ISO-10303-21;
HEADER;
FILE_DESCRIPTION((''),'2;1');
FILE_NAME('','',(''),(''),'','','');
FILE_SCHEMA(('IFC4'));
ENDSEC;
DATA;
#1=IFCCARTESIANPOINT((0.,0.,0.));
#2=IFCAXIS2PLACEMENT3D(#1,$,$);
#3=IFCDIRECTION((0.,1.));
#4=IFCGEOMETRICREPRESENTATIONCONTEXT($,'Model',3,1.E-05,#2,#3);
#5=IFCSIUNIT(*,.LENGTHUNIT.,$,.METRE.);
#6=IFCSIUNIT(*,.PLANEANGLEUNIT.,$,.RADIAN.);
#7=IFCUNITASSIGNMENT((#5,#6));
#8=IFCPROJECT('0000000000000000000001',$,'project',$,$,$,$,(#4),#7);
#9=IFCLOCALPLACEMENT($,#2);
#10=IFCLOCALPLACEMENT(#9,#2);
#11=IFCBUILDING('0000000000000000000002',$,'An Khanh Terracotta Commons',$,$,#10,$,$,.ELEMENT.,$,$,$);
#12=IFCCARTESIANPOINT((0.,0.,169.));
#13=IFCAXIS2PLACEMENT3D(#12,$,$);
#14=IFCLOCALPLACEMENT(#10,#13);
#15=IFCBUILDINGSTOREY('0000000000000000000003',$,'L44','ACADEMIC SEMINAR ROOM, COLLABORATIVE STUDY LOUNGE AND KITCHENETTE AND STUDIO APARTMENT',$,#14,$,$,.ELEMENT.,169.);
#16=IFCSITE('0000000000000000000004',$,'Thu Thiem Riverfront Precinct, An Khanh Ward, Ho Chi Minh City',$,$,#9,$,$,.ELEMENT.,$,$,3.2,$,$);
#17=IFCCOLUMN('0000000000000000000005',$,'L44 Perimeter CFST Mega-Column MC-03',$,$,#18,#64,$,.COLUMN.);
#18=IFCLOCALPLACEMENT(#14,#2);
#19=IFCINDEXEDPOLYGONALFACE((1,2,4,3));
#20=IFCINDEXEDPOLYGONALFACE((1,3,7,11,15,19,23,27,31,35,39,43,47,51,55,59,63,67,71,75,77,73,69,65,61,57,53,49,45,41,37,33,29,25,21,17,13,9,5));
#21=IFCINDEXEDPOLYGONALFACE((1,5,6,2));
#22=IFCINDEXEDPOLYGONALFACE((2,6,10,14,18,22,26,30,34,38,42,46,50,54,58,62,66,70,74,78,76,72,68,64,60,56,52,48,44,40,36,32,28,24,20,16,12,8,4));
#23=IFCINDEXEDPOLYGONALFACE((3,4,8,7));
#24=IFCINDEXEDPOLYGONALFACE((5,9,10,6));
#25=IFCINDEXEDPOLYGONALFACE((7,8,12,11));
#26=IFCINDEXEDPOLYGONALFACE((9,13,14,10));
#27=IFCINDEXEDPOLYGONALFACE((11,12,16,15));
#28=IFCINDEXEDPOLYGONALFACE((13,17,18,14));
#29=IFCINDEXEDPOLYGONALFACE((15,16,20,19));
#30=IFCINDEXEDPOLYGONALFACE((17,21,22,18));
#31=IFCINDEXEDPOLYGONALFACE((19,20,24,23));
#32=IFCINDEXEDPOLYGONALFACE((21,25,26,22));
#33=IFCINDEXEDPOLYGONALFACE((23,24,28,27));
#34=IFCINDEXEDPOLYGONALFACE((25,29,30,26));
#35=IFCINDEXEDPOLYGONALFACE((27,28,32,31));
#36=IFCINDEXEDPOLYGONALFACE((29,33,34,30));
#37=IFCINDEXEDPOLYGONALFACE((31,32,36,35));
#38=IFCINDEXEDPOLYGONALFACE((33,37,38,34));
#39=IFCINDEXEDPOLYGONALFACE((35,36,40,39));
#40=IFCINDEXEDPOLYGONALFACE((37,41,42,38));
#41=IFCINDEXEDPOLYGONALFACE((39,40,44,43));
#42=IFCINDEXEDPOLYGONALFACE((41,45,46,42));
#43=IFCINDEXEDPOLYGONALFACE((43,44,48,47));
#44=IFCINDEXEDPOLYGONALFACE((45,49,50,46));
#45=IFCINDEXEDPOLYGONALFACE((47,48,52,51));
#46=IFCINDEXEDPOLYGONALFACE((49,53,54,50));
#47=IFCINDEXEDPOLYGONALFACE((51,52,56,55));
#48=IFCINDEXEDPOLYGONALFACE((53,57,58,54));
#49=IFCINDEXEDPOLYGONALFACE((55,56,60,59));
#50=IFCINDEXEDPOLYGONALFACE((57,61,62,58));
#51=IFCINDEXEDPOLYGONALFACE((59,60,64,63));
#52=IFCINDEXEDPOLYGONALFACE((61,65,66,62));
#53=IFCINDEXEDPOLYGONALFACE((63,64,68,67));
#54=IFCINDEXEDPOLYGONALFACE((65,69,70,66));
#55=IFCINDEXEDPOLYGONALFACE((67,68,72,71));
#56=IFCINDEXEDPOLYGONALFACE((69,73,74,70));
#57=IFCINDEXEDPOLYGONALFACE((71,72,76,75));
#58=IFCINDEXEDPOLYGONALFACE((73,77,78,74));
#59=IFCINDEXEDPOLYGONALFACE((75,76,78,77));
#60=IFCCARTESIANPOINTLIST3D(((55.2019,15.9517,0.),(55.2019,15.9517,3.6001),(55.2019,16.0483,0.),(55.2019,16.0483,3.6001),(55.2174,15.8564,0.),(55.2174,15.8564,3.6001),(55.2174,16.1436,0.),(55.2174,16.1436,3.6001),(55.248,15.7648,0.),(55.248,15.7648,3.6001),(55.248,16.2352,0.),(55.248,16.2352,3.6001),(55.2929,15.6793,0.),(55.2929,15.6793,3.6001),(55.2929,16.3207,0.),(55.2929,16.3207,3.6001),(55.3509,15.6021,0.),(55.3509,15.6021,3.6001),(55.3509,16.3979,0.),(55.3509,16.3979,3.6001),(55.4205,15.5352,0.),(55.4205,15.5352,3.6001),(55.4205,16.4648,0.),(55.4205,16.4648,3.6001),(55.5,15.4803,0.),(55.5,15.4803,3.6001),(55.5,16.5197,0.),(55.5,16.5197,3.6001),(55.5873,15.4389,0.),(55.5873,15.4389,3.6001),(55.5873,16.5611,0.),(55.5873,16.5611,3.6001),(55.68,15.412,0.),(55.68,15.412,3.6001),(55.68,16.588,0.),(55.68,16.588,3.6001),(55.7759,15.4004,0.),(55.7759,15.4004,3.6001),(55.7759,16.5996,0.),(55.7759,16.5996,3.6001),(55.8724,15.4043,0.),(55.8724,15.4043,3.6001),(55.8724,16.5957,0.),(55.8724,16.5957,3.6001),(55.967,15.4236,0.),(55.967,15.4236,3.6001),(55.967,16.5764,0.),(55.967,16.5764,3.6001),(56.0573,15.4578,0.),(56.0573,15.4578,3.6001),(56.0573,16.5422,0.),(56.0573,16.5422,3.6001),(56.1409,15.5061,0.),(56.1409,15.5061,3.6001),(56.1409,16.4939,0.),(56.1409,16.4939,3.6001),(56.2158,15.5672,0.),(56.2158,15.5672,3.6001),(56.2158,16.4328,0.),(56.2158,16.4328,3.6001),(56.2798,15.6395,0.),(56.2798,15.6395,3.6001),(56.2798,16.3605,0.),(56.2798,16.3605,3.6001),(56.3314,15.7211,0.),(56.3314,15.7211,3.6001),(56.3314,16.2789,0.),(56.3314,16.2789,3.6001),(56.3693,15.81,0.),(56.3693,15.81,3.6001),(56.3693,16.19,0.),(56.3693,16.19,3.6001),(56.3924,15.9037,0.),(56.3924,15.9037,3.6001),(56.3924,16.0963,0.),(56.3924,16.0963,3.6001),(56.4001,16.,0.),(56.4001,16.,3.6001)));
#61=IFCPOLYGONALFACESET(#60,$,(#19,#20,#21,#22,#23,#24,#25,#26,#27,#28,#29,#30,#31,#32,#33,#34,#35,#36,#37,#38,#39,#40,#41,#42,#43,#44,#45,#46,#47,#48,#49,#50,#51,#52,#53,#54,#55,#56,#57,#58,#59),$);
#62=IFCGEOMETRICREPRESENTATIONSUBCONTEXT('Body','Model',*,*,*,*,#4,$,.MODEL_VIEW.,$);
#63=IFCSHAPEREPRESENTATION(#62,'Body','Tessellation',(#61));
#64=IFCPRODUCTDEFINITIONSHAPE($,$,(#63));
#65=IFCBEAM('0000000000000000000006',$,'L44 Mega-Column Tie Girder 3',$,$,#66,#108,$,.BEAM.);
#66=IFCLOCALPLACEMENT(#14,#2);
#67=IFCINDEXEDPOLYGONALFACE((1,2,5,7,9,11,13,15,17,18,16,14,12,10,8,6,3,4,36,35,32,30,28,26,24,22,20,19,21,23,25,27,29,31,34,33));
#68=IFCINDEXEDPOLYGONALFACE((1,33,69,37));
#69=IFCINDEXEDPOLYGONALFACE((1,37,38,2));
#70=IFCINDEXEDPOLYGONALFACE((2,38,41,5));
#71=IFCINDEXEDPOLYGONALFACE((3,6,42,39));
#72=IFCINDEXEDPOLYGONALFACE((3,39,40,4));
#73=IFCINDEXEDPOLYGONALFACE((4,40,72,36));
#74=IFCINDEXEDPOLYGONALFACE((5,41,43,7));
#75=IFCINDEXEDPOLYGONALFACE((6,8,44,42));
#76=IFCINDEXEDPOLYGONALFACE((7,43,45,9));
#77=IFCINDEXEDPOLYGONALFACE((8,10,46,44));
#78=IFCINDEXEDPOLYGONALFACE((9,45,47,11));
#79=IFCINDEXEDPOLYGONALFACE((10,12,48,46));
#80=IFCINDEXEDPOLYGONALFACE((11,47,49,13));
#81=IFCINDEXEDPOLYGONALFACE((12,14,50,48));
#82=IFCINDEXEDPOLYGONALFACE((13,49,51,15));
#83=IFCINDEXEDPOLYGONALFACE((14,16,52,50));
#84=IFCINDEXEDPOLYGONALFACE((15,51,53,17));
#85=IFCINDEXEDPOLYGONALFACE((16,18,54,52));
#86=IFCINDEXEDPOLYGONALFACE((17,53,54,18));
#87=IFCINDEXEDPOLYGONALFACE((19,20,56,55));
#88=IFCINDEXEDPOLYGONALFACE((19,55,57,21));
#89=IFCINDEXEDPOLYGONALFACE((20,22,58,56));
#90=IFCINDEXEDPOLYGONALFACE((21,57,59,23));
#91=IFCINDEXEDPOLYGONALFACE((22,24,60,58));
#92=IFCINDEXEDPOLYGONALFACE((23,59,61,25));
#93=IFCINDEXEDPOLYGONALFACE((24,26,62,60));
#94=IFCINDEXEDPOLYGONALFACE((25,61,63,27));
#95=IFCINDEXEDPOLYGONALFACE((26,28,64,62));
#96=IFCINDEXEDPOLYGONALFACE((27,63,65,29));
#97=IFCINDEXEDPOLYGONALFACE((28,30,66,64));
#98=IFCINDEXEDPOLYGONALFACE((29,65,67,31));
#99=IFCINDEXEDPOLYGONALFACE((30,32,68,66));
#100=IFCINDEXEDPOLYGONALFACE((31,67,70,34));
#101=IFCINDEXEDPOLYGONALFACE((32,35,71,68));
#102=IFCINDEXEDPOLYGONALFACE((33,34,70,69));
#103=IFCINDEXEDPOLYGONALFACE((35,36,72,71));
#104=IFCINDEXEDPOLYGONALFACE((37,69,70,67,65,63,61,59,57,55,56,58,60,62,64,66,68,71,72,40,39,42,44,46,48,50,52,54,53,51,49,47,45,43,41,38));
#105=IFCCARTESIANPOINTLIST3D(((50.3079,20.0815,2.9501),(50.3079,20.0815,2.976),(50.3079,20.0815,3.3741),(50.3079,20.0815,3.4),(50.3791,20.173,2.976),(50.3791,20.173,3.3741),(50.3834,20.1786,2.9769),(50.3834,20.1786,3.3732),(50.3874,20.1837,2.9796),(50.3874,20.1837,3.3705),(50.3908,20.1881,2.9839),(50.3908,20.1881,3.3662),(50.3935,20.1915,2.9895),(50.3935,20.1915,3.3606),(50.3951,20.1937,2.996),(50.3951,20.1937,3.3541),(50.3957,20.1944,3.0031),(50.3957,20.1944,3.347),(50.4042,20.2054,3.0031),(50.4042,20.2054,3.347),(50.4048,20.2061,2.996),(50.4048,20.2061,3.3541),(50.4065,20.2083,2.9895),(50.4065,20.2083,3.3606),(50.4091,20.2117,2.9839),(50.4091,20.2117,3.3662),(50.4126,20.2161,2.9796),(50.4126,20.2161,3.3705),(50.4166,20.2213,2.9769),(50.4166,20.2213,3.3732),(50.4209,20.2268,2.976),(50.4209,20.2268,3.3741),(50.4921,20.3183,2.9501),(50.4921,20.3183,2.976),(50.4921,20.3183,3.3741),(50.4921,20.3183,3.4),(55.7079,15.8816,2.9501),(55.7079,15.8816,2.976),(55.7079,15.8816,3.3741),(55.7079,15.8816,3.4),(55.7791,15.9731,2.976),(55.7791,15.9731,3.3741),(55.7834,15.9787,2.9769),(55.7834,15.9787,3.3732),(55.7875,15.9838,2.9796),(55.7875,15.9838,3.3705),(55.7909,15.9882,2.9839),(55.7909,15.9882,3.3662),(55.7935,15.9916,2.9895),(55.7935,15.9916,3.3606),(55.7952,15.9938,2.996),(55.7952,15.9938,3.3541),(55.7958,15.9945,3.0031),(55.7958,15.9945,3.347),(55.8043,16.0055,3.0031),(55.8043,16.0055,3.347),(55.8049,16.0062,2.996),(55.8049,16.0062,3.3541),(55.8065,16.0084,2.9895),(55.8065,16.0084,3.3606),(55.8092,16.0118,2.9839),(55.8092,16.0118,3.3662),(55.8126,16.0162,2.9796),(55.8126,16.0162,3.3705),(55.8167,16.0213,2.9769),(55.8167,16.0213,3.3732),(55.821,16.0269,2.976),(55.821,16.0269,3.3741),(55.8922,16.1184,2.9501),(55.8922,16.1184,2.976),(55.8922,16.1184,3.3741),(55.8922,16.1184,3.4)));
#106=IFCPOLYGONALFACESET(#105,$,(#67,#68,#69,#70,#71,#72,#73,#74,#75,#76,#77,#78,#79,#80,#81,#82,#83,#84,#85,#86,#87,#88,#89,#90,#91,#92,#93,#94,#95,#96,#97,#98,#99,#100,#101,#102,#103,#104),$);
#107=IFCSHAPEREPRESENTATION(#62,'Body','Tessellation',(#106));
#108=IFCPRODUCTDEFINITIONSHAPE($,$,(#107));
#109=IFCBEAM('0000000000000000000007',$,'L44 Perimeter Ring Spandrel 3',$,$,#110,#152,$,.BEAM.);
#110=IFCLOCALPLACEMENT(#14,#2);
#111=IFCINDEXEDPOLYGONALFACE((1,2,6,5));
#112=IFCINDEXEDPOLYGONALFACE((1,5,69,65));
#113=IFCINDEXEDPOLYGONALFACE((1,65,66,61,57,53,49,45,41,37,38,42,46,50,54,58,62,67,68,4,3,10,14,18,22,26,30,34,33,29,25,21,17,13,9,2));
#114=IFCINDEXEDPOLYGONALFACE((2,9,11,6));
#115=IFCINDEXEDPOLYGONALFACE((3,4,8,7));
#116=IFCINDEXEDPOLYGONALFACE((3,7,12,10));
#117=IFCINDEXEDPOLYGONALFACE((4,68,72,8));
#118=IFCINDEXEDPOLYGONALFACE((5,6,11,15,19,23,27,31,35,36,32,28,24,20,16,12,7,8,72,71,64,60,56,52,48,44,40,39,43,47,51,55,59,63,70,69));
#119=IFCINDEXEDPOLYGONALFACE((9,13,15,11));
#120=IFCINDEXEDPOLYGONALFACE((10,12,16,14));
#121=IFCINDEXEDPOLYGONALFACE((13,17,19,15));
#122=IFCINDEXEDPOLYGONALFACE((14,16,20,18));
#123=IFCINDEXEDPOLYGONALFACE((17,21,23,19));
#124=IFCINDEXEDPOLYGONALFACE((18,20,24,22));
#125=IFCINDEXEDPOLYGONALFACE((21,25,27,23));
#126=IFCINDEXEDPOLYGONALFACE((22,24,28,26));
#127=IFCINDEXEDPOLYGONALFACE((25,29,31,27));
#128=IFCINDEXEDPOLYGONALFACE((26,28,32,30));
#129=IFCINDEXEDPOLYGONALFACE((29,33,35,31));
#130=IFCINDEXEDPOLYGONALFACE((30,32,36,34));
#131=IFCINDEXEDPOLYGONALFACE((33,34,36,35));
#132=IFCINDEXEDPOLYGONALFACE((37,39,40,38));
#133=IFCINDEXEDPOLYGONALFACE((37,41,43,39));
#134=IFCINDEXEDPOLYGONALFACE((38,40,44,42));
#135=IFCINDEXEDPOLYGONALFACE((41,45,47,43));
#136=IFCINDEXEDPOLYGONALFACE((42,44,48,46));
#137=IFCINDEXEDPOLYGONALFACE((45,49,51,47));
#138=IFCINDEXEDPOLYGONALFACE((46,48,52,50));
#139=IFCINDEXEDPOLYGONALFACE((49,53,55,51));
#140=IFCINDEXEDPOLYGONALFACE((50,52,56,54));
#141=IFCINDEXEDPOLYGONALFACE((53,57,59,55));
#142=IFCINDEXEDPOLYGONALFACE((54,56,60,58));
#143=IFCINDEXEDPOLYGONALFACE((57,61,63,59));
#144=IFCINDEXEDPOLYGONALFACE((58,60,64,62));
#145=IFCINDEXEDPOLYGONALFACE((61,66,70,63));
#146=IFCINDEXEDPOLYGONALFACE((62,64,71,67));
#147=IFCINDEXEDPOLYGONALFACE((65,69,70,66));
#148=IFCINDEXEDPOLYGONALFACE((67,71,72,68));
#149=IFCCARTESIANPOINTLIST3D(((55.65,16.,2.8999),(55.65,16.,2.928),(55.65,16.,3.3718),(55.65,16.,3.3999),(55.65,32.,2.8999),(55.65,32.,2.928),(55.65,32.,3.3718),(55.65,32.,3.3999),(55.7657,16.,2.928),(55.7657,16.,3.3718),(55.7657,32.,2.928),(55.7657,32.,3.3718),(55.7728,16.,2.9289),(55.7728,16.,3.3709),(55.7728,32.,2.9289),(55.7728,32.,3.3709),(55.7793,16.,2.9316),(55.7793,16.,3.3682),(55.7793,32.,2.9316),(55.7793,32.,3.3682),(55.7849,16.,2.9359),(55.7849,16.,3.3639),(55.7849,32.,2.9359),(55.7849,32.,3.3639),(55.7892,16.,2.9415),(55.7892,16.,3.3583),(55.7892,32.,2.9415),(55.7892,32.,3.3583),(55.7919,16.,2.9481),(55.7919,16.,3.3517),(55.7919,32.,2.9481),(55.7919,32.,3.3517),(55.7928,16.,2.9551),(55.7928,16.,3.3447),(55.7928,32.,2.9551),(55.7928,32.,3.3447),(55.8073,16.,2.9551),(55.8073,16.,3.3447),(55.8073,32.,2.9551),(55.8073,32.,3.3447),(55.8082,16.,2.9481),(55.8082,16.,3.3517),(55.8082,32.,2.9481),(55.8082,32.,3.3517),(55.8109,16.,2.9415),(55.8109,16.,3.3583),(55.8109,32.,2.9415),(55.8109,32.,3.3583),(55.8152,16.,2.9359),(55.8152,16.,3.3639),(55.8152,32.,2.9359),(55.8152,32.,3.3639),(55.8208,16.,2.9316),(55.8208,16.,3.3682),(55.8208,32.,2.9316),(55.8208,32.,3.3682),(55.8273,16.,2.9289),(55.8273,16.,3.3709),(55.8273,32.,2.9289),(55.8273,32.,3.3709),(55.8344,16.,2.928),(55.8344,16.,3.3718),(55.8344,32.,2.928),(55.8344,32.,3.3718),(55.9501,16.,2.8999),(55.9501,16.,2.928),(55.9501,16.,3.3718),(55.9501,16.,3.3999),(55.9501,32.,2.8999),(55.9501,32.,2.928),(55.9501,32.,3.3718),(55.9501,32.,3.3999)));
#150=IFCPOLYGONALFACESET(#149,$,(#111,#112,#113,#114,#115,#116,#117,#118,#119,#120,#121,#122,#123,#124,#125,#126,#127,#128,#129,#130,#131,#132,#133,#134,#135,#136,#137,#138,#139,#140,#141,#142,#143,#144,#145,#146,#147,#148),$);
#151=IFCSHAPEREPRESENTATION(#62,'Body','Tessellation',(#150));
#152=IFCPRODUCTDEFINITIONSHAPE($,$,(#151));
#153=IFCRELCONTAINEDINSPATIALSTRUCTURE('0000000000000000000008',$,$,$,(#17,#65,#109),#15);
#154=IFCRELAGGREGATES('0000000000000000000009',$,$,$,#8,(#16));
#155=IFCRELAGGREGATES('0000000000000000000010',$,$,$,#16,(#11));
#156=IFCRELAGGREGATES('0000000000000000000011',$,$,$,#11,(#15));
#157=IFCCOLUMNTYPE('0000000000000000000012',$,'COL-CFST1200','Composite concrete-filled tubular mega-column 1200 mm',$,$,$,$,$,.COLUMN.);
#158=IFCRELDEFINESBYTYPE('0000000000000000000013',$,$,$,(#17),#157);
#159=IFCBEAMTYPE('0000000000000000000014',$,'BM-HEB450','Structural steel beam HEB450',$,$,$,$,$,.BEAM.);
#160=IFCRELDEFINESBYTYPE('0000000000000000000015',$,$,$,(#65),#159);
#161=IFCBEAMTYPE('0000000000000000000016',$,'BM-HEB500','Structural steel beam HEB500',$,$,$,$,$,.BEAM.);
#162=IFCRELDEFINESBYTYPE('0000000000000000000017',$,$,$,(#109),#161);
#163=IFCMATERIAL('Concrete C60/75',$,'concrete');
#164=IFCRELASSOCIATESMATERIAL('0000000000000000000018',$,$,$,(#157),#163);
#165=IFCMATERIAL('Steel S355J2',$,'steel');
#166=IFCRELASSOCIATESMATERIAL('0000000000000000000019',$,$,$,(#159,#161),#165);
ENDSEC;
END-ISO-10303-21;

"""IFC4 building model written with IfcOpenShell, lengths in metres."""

from ifc_helpers import new_model, si_unit, direction, frame, origin, origin_2d, place, context, subcontext, project, spatial, circle, i_section, extrude, material, material_profile, profile_set, type_object, element, save


model = new_model("IFC4")

# Units and contexts
model_context = context("Model", 3, precision=1e-05, world=origin(), true_north=direction((0.0, 1.0)))
body_context = subcontext(model_context, "Body", "Model", "MODEL_VIEW")
ifc_project = project(units=[si_unit("LENGTHUNIT", "METRE"), si_unit("PLANEANGLEUNIT", "RADIAN")], contexts=[model_context])

# Site, building, storey
site_placement = place(None, origin())
site = spatial("IfcSite", under=ifc_project, at=site_placement, Name="Thu Thiem Riverfront Precinct, An Khanh Ward, Ho Chi Minh City", CompositionType="ELEMENT", RefElevation=3.2)
building_placement = place(site_placement, origin())
building = spatial("IfcBuilding", under=site, at=building_placement, Name="An Khanh Terracotta Commons", CompositionType="ELEMENT")
storey_placement = place(building_placement, frame((0.0, 0.0, 169.0)))
storey = spatial("IfcBuildingStorey", under=building, at=storey_placement, Name="L44", Description="ACADEMIC SEMINAR ROOM, COLLABORATIVE STUDY LOUNGE AND KITCHENETTE AND STUDIO APARTMENT", CompositionType="ELEMENT", Elevation=169.0)

# Column
ifc_material_1 = material(Name="Concrete C60/75", Category="concrete")
ifc_material_profile_1 = material_profile(ifc_material_1, circle(Radius=0.6001, at=origin_2d()), Name="CFST1200")
ifc_profile_set_1 = profile_set([ifc_material_profile_1], Name="Concrete C60/75")
column_type = type_object("IfcColumnType", Name="COL-CFST1200", Description="Composite concrete-filled tubular mega-column 1200 mm", PredefinedType="COLUMN", material=ifc_profile_set_1)
column_placement = place(storey_placement, frame((55.8, 16.0, 0.0), z_axis=(0.0, 0.0, 1.0), x_axis=(1.0, 0.0, 0.0)))
element("IfcColumn", 1, at=column_placement, inside=storey, type_object=column_type, Name="L44 Perimeter CFST Mega-Column MC-03", PredefinedType="COLUMN", context=body_context, shape_type="SweptSolid", body=[
    extrude(circle(Radius=0.6001, at=origin_2d()), origin(), (0.0, 0.0, 1.0), 3.6001),
])

# Beams
ifc_material_2 = material(Name="Steel S355J2", Category="steel")
ifc_material_profile_2 = material_profile(ifc_material_2, i_section(OverallWidth=0.3, OverallDepth=0.45, WebThickness=0.0139, FlangeThickness=0.0259, FilletRadius=0.0271, at=origin_2d()), Name="HEB450")
ifc_profile_set_2 = profile_set([ifc_material_profile_2], Name="Steel S355J2")
beam_type_1 = type_object("IfcBeamType", Name="BM-HEB450", Description="Structural steel beam HEB450", PredefinedType="BEAM", material=ifc_profile_set_2)
beam_1_placement = place(storey_placement, frame((55.8, 16.0, 3.175), z_axis=(-0.789364, 0.613926, 0.0), x_axis=(-0.613926, -0.789364, 0.0)))
element("IfcBeam", 2, at=beam_1_placement, inside=storey, type_object=beam_type_1, Name="L44 Mega-Column Tie Girder 3", PredefinedType="BEAM", context=body_context, shape_type="SweptSolid", body=[
    extrude(i_section(OverallWidth=0.3, OverallDepth=0.45, WebThickness=0.0139, FlangeThickness=0.0259, FilletRadius=0.0271, at=origin_2d()), origin(), (0.0, 0.0, 1.0), 6.8411),
])
ifc_material_profile_3 = material_profile(ifc_material_2, i_section(OverallWidth=0.3, OverallDepth=0.5, WebThickness=0.0144, FlangeThickness=0.0281, FilletRadius=0.0271, at=origin_2d()), Name="HEB500")
ifc_profile_set_3 = profile_set([ifc_material_profile_3], Name="Steel S355J2")
beam_type_2 = type_object("IfcBeamType", Name="BM-HEB500", Description="Structural steel beam HEB500", PredefinedType="BEAM", material=ifc_profile_set_3)
beam_2_placement = place(storey_placement, frame((55.8, 16.0, 3.1499), z_axis=(0.0, 1.0, 0.0), x_axis=(-1.0, 0.0, 0.0)))
element("IfcBeam", 3, at=beam_2_placement, inside=storey, type_object=beam_type_2, Name="L44 Perimeter Ring Spandrel 3", PredefinedType="BEAM", context=body_context, shape_type="SweptSolid", body=[
    extrude(i_section(OverallWidth=0.3, OverallDepth=0.5, WebThickness=0.0144, FlangeThickness=0.0281, FilletRadius=0.0271, at=origin_2d()), origin(), (0.0, 0.0, 1.0), 16.0),
])

save(model, "model.ifc")
